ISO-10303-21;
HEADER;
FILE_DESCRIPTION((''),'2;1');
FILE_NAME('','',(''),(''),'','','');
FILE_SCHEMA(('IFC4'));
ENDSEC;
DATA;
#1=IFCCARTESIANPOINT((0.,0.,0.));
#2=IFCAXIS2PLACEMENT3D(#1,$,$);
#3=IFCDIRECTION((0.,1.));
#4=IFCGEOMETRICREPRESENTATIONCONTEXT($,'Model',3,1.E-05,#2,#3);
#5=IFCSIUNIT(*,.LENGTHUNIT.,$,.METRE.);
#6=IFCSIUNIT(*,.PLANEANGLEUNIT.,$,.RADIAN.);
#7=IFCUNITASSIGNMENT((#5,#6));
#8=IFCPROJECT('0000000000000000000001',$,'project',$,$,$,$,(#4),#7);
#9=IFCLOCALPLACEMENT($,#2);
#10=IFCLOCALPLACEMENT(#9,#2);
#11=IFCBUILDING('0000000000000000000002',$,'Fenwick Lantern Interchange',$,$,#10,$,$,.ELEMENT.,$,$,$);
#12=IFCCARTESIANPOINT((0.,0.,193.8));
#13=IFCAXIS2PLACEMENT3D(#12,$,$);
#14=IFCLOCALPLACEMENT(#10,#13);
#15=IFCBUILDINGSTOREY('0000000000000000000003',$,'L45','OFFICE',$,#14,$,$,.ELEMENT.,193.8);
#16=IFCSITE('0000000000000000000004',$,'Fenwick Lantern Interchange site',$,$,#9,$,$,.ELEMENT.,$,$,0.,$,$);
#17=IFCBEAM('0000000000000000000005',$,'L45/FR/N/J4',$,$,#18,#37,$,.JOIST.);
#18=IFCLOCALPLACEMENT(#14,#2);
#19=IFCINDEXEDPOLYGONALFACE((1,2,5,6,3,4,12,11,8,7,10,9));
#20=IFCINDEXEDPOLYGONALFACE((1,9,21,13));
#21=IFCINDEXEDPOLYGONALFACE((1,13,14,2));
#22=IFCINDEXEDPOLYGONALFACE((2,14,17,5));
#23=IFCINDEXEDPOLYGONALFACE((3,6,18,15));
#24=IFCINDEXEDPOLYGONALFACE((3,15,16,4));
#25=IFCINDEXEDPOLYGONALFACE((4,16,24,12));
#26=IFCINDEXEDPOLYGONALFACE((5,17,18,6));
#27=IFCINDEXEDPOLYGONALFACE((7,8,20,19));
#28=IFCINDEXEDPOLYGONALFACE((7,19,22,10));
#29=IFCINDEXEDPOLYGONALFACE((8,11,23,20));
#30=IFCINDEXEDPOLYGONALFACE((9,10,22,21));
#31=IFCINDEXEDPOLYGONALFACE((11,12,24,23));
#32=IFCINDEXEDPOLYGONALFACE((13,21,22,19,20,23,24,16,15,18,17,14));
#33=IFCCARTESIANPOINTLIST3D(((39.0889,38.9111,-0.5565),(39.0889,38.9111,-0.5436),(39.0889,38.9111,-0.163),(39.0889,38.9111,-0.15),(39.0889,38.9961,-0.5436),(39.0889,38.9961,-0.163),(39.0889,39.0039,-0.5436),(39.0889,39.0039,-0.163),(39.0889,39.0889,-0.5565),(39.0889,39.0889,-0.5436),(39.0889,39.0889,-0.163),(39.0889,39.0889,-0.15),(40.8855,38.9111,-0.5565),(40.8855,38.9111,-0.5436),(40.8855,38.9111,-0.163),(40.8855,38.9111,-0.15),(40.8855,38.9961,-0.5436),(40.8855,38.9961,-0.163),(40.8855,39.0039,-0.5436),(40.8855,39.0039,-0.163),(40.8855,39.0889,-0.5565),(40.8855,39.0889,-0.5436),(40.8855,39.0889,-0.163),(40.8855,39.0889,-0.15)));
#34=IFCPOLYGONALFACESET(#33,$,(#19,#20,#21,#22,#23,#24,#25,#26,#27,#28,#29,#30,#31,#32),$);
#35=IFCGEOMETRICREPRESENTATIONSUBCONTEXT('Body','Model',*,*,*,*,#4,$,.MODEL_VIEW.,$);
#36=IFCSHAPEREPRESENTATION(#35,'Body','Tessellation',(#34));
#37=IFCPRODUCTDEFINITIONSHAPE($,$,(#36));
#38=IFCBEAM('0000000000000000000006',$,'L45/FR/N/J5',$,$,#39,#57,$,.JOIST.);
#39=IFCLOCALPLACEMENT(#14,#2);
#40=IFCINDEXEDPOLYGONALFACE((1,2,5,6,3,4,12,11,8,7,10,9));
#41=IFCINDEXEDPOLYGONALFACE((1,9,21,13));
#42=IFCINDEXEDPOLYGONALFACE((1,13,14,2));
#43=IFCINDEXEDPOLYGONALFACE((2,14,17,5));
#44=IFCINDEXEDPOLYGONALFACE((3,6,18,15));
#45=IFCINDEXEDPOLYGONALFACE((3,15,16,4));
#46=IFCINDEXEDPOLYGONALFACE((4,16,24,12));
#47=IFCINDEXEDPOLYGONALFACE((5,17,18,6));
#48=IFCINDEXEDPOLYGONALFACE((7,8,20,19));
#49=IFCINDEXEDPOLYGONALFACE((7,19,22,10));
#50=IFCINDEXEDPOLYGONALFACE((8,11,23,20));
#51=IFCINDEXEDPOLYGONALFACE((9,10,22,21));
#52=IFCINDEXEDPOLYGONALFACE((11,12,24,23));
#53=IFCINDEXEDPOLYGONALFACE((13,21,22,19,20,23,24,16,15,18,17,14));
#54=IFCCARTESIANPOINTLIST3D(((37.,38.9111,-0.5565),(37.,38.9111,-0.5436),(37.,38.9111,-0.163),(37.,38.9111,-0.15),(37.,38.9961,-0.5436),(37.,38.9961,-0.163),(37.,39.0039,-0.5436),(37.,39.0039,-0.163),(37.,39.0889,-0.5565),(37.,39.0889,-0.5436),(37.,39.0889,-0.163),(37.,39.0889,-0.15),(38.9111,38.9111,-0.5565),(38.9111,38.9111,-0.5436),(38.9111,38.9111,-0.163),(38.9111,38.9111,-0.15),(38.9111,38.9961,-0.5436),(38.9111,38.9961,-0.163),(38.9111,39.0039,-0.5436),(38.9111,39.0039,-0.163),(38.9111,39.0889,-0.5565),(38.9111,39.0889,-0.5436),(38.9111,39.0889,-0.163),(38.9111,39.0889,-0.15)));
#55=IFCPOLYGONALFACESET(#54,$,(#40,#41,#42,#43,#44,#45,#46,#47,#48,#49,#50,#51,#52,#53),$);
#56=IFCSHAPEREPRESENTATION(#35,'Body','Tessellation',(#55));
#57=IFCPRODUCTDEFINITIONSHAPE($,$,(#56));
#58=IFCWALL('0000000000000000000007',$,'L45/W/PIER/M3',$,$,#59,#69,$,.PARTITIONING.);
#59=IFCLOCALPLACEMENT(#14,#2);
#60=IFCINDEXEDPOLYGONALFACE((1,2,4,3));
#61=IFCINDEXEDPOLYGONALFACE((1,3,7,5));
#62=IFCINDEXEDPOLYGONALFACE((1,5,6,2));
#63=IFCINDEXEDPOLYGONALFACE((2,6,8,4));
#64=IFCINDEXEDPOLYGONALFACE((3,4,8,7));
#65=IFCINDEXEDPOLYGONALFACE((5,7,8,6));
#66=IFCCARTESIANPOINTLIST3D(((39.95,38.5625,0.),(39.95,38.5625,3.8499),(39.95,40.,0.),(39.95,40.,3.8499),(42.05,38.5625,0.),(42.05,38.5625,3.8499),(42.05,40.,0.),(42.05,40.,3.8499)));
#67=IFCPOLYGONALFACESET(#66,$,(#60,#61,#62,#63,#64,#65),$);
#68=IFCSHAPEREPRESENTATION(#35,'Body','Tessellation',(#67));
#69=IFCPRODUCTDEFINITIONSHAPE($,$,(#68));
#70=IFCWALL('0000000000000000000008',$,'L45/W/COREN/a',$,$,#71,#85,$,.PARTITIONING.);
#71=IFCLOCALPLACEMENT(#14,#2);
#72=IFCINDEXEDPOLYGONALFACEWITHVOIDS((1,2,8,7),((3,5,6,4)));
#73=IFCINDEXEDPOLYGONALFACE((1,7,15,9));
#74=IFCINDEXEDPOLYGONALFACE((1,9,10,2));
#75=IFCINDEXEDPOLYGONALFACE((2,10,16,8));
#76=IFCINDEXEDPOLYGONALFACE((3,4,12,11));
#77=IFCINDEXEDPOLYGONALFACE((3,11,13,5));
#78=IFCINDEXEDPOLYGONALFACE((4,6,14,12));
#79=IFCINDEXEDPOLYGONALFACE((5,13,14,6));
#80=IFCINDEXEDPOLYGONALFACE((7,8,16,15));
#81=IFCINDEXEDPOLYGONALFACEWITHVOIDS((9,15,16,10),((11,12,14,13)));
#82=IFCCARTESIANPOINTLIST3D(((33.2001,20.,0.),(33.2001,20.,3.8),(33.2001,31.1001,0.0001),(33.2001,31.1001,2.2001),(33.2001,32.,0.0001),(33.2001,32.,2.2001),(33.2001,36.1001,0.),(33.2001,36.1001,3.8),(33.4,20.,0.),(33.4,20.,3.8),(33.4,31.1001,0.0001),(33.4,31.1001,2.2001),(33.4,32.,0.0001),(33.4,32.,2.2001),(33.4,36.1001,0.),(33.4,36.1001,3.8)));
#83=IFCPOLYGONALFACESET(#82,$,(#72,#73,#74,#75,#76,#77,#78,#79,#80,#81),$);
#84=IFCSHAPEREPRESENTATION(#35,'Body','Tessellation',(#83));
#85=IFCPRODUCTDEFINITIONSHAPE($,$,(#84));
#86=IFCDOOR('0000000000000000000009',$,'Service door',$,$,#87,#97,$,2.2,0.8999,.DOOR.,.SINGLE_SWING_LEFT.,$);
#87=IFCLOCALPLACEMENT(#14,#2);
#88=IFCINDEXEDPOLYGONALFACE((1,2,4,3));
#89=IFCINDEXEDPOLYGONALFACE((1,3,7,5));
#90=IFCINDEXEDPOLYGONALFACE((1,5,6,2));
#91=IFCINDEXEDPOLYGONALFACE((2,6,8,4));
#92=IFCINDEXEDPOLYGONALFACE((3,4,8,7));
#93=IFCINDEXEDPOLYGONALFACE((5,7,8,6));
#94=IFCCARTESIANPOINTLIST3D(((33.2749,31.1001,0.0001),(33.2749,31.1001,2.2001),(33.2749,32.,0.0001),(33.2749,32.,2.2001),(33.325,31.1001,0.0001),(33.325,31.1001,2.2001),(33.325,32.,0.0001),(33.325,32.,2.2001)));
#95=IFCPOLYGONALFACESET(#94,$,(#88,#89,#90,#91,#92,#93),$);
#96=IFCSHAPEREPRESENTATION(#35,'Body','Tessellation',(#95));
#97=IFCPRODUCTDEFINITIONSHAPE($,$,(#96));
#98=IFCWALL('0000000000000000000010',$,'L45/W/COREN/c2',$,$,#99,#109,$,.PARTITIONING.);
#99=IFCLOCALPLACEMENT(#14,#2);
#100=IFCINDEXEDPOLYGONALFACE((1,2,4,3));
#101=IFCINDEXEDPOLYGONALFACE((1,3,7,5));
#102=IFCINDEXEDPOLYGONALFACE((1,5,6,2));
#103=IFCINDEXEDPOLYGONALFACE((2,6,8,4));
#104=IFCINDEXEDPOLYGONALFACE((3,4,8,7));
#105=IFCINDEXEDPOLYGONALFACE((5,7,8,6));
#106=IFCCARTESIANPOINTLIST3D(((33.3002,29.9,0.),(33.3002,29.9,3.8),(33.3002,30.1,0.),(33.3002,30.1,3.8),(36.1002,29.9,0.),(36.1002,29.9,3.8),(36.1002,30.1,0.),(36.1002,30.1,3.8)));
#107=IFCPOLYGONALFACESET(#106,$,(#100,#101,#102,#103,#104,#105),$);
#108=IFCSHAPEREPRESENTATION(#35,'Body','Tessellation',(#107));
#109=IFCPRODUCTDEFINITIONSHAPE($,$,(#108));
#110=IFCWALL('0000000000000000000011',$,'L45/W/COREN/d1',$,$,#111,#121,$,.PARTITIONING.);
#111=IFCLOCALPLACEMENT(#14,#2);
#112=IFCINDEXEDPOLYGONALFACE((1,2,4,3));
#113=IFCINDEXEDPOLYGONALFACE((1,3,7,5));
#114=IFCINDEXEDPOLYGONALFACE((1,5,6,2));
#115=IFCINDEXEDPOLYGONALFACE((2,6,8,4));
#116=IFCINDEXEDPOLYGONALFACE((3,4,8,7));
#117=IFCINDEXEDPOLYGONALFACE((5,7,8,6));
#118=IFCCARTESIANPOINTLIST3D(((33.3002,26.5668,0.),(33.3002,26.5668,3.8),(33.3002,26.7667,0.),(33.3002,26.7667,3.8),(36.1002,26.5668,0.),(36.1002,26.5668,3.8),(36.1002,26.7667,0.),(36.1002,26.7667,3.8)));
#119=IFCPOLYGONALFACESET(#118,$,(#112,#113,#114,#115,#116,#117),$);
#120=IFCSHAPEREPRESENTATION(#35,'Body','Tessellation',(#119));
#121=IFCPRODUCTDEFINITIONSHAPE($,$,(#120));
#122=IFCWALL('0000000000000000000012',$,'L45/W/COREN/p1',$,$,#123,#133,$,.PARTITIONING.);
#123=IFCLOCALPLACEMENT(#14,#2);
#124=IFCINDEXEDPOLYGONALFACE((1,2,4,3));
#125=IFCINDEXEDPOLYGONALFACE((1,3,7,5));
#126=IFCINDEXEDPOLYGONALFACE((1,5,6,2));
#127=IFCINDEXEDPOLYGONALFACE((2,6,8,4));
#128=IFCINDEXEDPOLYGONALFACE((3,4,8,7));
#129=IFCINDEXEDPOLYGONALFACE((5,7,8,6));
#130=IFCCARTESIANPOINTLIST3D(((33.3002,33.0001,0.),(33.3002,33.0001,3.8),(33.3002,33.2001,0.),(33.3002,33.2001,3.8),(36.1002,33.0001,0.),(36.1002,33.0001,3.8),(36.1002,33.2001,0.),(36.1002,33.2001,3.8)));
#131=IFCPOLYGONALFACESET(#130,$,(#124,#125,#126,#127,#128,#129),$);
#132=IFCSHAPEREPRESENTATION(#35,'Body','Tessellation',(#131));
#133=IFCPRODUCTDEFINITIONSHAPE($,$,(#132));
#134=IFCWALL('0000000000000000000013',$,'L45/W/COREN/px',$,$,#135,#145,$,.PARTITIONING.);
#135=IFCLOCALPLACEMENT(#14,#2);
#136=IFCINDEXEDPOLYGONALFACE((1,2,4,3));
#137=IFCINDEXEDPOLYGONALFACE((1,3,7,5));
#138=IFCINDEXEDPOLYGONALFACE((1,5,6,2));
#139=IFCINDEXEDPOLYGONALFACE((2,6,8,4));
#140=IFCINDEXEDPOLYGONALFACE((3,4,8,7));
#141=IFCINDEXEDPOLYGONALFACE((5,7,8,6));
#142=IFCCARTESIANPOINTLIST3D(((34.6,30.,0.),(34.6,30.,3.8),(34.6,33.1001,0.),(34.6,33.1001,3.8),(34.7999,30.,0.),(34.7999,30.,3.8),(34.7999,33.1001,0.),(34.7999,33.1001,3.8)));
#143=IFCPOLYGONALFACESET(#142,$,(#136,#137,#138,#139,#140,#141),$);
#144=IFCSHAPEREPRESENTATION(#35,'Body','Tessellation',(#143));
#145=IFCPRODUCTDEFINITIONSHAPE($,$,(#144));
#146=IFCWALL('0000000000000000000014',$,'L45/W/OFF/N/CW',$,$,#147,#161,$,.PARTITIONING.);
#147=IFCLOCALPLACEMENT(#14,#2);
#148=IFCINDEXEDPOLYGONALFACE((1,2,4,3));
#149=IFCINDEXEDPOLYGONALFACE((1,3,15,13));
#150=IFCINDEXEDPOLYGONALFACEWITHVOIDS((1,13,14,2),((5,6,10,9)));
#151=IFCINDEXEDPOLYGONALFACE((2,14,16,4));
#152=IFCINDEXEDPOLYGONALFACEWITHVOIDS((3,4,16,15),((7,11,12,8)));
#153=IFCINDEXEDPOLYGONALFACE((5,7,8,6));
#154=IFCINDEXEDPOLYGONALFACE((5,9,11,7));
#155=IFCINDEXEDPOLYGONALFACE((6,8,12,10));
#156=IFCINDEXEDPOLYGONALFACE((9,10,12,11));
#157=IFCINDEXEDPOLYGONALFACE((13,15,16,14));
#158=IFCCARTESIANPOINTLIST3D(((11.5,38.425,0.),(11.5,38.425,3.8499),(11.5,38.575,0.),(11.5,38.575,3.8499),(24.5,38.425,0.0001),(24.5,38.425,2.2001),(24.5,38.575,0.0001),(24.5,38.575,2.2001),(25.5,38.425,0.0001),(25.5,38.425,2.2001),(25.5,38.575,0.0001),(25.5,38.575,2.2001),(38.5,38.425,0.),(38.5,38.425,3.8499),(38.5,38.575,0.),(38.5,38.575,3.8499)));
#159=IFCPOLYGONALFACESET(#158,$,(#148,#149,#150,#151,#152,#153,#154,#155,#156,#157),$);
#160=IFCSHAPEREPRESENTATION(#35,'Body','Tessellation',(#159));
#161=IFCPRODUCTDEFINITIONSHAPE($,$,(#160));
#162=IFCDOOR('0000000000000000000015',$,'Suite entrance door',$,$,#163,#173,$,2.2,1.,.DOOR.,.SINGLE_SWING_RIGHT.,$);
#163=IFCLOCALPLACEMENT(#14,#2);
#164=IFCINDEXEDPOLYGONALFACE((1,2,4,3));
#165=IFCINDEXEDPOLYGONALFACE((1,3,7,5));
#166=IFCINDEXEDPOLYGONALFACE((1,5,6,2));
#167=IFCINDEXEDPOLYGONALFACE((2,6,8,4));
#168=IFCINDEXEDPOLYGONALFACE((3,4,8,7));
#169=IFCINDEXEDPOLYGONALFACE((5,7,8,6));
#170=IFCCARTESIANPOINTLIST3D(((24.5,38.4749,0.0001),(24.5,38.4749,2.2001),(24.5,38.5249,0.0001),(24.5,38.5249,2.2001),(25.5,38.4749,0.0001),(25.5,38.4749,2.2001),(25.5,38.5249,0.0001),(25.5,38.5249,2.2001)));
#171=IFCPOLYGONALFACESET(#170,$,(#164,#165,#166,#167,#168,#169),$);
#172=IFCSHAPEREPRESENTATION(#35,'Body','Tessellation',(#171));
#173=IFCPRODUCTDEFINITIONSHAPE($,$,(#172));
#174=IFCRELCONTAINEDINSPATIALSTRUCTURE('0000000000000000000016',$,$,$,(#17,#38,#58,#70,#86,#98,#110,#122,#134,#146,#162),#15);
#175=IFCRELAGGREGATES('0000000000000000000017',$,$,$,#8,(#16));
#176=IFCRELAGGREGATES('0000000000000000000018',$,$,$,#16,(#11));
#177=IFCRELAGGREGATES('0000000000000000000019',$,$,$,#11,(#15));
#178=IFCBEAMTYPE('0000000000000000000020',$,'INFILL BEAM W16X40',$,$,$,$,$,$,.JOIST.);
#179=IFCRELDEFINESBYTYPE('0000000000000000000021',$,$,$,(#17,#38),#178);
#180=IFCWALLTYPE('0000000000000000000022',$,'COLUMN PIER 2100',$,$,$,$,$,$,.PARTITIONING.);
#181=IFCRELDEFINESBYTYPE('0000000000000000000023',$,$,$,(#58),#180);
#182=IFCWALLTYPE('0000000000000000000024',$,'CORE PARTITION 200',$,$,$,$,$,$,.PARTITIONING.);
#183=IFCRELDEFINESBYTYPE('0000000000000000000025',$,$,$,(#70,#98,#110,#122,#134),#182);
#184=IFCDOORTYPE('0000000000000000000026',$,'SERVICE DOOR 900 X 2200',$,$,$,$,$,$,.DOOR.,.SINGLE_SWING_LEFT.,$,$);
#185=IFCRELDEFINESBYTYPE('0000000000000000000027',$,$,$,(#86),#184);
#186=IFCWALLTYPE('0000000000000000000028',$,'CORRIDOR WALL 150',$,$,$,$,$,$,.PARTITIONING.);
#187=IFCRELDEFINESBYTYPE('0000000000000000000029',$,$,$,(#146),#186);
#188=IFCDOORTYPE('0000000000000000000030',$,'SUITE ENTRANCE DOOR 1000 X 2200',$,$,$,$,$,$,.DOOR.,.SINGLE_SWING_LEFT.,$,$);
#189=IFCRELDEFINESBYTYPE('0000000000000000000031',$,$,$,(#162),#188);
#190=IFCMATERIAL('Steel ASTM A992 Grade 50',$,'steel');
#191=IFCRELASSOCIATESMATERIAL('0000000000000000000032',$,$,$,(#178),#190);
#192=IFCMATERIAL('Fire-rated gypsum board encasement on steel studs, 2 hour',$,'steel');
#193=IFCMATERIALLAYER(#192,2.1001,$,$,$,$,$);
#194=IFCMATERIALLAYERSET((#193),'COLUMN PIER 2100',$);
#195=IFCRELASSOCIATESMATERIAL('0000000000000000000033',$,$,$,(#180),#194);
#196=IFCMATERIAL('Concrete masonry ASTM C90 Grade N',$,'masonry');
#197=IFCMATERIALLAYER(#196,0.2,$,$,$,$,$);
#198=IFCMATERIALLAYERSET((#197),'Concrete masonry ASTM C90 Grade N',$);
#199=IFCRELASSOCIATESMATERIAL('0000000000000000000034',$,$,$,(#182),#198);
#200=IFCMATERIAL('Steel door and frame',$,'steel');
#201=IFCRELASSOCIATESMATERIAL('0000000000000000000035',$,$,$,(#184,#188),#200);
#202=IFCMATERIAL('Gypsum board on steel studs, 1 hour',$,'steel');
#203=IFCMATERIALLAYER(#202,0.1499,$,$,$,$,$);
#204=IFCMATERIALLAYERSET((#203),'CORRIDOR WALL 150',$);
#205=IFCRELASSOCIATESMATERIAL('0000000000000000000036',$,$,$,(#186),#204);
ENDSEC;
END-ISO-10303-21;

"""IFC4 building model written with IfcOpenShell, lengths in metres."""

from ifc_helpers import new_model, si_unit, direction, frame, frame_2d, origin, origin_2d, place, context, subcontext, project, spatial, rectangle, i_section, extrude, material, layer, layer_set, material_profile, profile_set, type_object, element, fill, save


model = new_model("IFC4")

# Units and contexts
model_context = context("Model", 3, precision=1e-05, world=origin(), true_north=direction((0.0, 1.0)))
body_context = subcontext(model_context, "Body", "Model", "MODEL_VIEW")
ifc_project = project(units=[si_unit("LENGTHUNIT", "METRE"), si_unit("PLANEANGLEUNIT", "RADIAN")], contexts=[model_context])

# Site, building, storey
site_placement = place(None, origin())
site = spatial("IfcSite", under=ifc_project, at=site_placement, Name="Fenwick Lantern Interchange site", CompositionType="ELEMENT", RefElevation=0.0)
building_placement = place(site_placement, origin())
building = spatial("IfcBuilding", under=site, at=building_placement, Name="Fenwick Lantern Interchange", CompositionType="ELEMENT")
storey_placement = place(building_placement, frame((0.0, 0.0, 193.8)))
storey = spatial("IfcBuildingStorey", under=building, at=storey_placement, Name="L45", Description="OFFICE", CompositionType="ELEMENT", Elevation=193.8)

# Beams
ifc_material_1 = material(Name="Steel ASTM A992 Grade 50", Category="steel")
ifc_material_profile = material_profile(ifc_material_1, i_section(OverallWidth=0.1777, OverallDepth=0.4065, WebThickness=0.0078, FlangeThickness=0.0129, at=origin_2d()), Name="W16X40")
ifc_profile_set = profile_set([ifc_material_profile], Name="Steel ASTM A992 Grade 50")
beam_type = type_object("IfcBeamType", Name="INFILL BEAM W16X40", PredefinedType="JOIST", material=ifc_profile_set)
beam_1_placement = place(storey_placement, frame((40.8855, 39.0, -0.3533), z_axis=(-1.0, 0.0, 0.0), x_axis=(0.0, -1.0, 0.0)))
element("IfcBeam", 1, at=beam_1_placement, inside=storey, type_object=beam_type, Name="L45/FR/N/J4", PredefinedType="JOIST", context=body_context, shape_type="SweptSolid", body=[
    extrude(i_section(OverallWidth=0.1777, OverallDepth=0.4065, WebThickness=0.0078, FlangeThickness=0.0129, at=origin_2d()), origin(), (0.0, 0.0, 1.0), 1.7966),
])
beam_2_placement = place(storey_placement, frame((38.9111, 39.0, -0.3533), z_axis=(-1.0, 0.0, 0.0), x_axis=(0.0, -1.0, 0.0)))
element("IfcBeam", 2, at=beam_2_placement, inside=storey, type_object=beam_type, Name="L45/FR/N/J5", PredefinedType="JOIST", context=body_context, shape_type="SweptSolid", body=[
    extrude(i_section(OverallWidth=0.1777, OverallDepth=0.4065, WebThickness=0.0078, FlangeThickness=0.0129, at=origin_2d()), origin(), (0.0, 0.0, 1.0), 1.9111),
])

# Wall
ifc_material_2 = material(Name="Fire-rated gypsum board encasement on steel studs, 2 hour", Category="steel")
ifc_layer_1 = layer(ifc_material_2, 2.1001)
ifc_layer_set_1 = layer_set([ifc_layer_1], Name="COLUMN PIER 2100")
wall_type_1 = type_object("IfcWallType", Name="COLUMN PIER 2100", PredefinedType="PARTITIONING", material=ifc_layer_set_1)
wall_1_placement = place(storey_placement, frame((41.0, 38.5625, 0.0), z_axis=(0.0, 0.0, 1.0), x_axis=(0.0, 1.0, 0.0)))
element("IfcWall", 3, at=wall_1_placement, inside=storey, type_object=wall_type_1, Name="L45/W/PIER/M3", PredefinedType="PARTITIONING", context=body_context, shape_type="SweptSolid", body=[
    extrude(rectangle(XDim=1.4375, YDim=2.1001, at=frame_2d((0.7188, 0.0))), origin(), (0.0, 0.0, 1.0), 3.8499),
])

# Wall, opening, door
ifc_material_3 = material(Name="Concrete masonry ASTM C90 Grade N", Category="masonry")
ifc_layer_2 = layer(ifc_material_3, 0.2)
ifc_layer_set_2 = layer_set([ifc_layer_2], Name="Concrete masonry ASTM C90 Grade N")
wall_type_2 = type_object("IfcWallType", Name="CORE PARTITION 200", PredefinedType="PARTITIONING", material=ifc_layer_set_2)
wall_2_placement = place(storey_placement, frame((33.3, 36.1001, 0.0), z_axis=(0.0, 0.0, 1.0), x_axis=(0.0, -1.0, 0.0)))
wall_2 = element("IfcWall", 4, at=wall_2_placement, inside=storey, type_object=wall_type_2, Name="L45/W/COREN/a", PredefinedType="PARTITIONING", context=body_context, shape_type="SweptSolid", body=[
    extrude(rectangle(XDim=16.1001, YDim=0.2, at=frame_2d((8.05, 0.0))), origin(), (0.0, 0.0, 1.0), 3.8),
])
opening_1_placement = place(wall_2_placement, frame((4.1001, 0.0, 0.0)))
opening_1 = element("IfcOpeningElement", 5, at=opening_1_placement, cuts=wall_2, PredefinedType="OPENING", context=body_context, shape_type="SweptSolid", body=[
    extrude(rectangle(XDim=0.8999, YDim=2.2, at=frame_2d((0.45, 1.1001))), frame((0.0, 0.1099, 0.0), z_axis=(0.0, -1.0, 0.0), x_axis=(1.0, 0.0, 0.0)), (0.0, 0.0, 1.0), 0.22),
])
ifc_material_4 = material(Name="Steel door and frame", Category="steel")
door_type_1 = type_object("IfcDoorType", Name="SERVICE DOOR 900 X 2200", OperationType="SINGLE_SWING_LEFT", PredefinedType="DOOR", material=ifc_material_4)
door_1_placement = place(opening_1_placement, origin())
door_1 = element("IfcDoor", 6, at=door_1_placement, inside=storey, type_object=door_type_1, Name="Service door", OperationType="SINGLE_SWING_LEFT", OverallHeight=2.2, OverallWidth=0.8999, PredefinedType="DOOR", context=body_context, shape_type="SweptSolid", body=[
    extrude(rectangle(XDim=0.8999, YDim=2.2, at=frame_2d((0.45, 1.1001))), frame((0.0, 0.0249, 0.0), z_axis=(0.0, -1.0, 0.0), x_axis=(1.0, 0.0, 0.0)), (0.0, 0.0, 1.0), 0.05),
])
fill(opening_1, door_1)

# Walls
for number, where, z_axis, x_axis, name in (
    (7, (36.1001, 30.0, 0.0), (0.0, 0.0, 1.0), (-1.0, 0.0, 0.0), "L45/W/COREN/c2"),
    (8, (36.1001, 26.6667, 0.0), (0.0, 0.0, 1.0), (-1.0, 0.0, 0.0), "L45/W/COREN/d1"),
    (9, (36.1001, 33.1001, 0.0), (0.0, 0.0, 1.0), (-1.0, 0.0, 0.0), "L45/W/COREN/p1"),
):
    element("IfcWall", number, at=place(storey_placement, frame(where, z_axis=z_axis, x_axis=x_axis)), inside=storey, type_object=wall_type_2, Name=name, PredefinedType="PARTITIONING", context=body_context, shape_type="SweptSolid", body=[
        extrude(rectangle(XDim=2.8, YDim=0.2, at=frame_2d((1.3999, 0.0))), origin(), (0.0, 0.0, 1.0), 3.8),
    ])
wall_3_placement = place(storey_placement, frame((34.7, 33.1001, 0.0), z_axis=(0.0, 0.0, 1.0), x_axis=(0.0, -1.0, 0.0)))
element("IfcWall", 10, at=wall_3_placement, inside=storey, type_object=wall_type_2, Name="L45/W/COREN/px", PredefinedType="PARTITIONING", context=body_context, shape_type="SweptSolid", body=[
    extrude(rectangle(XDim=3.1001, YDim=0.2, at=frame_2d((1.55, 0.0))), origin(), (0.0, 0.0, 1.0), 3.8),
])

# Wall, opening, door
ifc_material_5 = material(Name="Gypsum board on steel studs, 1 hour", Category="steel")
ifc_layer_3 = layer(ifc_material_5, 0.1499)
ifc_layer_set_3 = layer_set([ifc_layer_3], Name="CORRIDOR WALL 150")
wall_type_3 = type_object("IfcWallType", Name="CORRIDOR WALL 150", PredefinedType="PARTITIONING", material=ifc_layer_set_3)
wall_4_placement = place(storey_placement, frame((38.5, 38.5, 0.0), z_axis=(0.0, 0.0, 1.0), x_axis=(-1.0, 0.0, 0.0)))
wall_4 = element("IfcWall", 11, at=wall_4_placement, inside=storey, type_object=wall_type_3, Name="L45/W/OFF/N/CW", PredefinedType="PARTITIONING", context=body_context, shape_type="SweptSolid", body=[
    extrude(rectangle(XDim=27.0, YDim=0.1499, at=frame_2d((13.5, 0.0))), origin(), (0.0, 0.0, 1.0), 3.8499),
])
opening_2_placement = place(wall_4_placement, frame((13.0, 0.0, 0.0)))
opening_2 = element("IfcOpeningElement", 12, at=opening_2_placement, cuts=wall_4, PredefinedType="OPENING", context=body_context, shape_type="SweptSolid", body=[
    extrude(rectangle(XDim=1.0, YDim=2.2, at=frame_2d((0.5, 1.1001))), frame((0.0, 0.085, 0.0), z_axis=(0.0, -1.0, 0.0), x_axis=(1.0, 0.0, 0.0)), (0.0, 0.0, 1.0), 0.1699),
])
door_type_2 = type_object("IfcDoorType", Name="SUITE ENTRANCE DOOR 1000 X 2200", OperationType="SINGLE_SWING_LEFT", PredefinedType="DOOR", material=ifc_material_4)
door_2_placement = place(opening_2_placement, frame((1.0, 0.0, 0.0), z_axis=(0.0, 0.0, 1.0), x_axis=(-1.0, 0.0, 0.0)))
door_2 = element("IfcDoor", 13, at=door_2_placement, inside=storey, type_object=door_type_2, Name="Suite entrance door", OperationType="SINGLE_SWING_RIGHT", OverallHeight=2.2, OverallWidth=1.0, PredefinedType="DOOR", context=body_context, shape_type="SweptSolid", body=[
    extrude(rectangle(XDim=1.0, YDim=2.2, at=frame_2d((0.5, 1.1001))), frame((0.0, 0.0249, 0.0), z_axis=(0.0, -1.0, 0.0), x_axis=(1.0, 0.0, 0.0)), (0.0, 0.0, 1.0), 0.05),
])
fill(opening_2, door_2)

save(model, "model.ifc")
